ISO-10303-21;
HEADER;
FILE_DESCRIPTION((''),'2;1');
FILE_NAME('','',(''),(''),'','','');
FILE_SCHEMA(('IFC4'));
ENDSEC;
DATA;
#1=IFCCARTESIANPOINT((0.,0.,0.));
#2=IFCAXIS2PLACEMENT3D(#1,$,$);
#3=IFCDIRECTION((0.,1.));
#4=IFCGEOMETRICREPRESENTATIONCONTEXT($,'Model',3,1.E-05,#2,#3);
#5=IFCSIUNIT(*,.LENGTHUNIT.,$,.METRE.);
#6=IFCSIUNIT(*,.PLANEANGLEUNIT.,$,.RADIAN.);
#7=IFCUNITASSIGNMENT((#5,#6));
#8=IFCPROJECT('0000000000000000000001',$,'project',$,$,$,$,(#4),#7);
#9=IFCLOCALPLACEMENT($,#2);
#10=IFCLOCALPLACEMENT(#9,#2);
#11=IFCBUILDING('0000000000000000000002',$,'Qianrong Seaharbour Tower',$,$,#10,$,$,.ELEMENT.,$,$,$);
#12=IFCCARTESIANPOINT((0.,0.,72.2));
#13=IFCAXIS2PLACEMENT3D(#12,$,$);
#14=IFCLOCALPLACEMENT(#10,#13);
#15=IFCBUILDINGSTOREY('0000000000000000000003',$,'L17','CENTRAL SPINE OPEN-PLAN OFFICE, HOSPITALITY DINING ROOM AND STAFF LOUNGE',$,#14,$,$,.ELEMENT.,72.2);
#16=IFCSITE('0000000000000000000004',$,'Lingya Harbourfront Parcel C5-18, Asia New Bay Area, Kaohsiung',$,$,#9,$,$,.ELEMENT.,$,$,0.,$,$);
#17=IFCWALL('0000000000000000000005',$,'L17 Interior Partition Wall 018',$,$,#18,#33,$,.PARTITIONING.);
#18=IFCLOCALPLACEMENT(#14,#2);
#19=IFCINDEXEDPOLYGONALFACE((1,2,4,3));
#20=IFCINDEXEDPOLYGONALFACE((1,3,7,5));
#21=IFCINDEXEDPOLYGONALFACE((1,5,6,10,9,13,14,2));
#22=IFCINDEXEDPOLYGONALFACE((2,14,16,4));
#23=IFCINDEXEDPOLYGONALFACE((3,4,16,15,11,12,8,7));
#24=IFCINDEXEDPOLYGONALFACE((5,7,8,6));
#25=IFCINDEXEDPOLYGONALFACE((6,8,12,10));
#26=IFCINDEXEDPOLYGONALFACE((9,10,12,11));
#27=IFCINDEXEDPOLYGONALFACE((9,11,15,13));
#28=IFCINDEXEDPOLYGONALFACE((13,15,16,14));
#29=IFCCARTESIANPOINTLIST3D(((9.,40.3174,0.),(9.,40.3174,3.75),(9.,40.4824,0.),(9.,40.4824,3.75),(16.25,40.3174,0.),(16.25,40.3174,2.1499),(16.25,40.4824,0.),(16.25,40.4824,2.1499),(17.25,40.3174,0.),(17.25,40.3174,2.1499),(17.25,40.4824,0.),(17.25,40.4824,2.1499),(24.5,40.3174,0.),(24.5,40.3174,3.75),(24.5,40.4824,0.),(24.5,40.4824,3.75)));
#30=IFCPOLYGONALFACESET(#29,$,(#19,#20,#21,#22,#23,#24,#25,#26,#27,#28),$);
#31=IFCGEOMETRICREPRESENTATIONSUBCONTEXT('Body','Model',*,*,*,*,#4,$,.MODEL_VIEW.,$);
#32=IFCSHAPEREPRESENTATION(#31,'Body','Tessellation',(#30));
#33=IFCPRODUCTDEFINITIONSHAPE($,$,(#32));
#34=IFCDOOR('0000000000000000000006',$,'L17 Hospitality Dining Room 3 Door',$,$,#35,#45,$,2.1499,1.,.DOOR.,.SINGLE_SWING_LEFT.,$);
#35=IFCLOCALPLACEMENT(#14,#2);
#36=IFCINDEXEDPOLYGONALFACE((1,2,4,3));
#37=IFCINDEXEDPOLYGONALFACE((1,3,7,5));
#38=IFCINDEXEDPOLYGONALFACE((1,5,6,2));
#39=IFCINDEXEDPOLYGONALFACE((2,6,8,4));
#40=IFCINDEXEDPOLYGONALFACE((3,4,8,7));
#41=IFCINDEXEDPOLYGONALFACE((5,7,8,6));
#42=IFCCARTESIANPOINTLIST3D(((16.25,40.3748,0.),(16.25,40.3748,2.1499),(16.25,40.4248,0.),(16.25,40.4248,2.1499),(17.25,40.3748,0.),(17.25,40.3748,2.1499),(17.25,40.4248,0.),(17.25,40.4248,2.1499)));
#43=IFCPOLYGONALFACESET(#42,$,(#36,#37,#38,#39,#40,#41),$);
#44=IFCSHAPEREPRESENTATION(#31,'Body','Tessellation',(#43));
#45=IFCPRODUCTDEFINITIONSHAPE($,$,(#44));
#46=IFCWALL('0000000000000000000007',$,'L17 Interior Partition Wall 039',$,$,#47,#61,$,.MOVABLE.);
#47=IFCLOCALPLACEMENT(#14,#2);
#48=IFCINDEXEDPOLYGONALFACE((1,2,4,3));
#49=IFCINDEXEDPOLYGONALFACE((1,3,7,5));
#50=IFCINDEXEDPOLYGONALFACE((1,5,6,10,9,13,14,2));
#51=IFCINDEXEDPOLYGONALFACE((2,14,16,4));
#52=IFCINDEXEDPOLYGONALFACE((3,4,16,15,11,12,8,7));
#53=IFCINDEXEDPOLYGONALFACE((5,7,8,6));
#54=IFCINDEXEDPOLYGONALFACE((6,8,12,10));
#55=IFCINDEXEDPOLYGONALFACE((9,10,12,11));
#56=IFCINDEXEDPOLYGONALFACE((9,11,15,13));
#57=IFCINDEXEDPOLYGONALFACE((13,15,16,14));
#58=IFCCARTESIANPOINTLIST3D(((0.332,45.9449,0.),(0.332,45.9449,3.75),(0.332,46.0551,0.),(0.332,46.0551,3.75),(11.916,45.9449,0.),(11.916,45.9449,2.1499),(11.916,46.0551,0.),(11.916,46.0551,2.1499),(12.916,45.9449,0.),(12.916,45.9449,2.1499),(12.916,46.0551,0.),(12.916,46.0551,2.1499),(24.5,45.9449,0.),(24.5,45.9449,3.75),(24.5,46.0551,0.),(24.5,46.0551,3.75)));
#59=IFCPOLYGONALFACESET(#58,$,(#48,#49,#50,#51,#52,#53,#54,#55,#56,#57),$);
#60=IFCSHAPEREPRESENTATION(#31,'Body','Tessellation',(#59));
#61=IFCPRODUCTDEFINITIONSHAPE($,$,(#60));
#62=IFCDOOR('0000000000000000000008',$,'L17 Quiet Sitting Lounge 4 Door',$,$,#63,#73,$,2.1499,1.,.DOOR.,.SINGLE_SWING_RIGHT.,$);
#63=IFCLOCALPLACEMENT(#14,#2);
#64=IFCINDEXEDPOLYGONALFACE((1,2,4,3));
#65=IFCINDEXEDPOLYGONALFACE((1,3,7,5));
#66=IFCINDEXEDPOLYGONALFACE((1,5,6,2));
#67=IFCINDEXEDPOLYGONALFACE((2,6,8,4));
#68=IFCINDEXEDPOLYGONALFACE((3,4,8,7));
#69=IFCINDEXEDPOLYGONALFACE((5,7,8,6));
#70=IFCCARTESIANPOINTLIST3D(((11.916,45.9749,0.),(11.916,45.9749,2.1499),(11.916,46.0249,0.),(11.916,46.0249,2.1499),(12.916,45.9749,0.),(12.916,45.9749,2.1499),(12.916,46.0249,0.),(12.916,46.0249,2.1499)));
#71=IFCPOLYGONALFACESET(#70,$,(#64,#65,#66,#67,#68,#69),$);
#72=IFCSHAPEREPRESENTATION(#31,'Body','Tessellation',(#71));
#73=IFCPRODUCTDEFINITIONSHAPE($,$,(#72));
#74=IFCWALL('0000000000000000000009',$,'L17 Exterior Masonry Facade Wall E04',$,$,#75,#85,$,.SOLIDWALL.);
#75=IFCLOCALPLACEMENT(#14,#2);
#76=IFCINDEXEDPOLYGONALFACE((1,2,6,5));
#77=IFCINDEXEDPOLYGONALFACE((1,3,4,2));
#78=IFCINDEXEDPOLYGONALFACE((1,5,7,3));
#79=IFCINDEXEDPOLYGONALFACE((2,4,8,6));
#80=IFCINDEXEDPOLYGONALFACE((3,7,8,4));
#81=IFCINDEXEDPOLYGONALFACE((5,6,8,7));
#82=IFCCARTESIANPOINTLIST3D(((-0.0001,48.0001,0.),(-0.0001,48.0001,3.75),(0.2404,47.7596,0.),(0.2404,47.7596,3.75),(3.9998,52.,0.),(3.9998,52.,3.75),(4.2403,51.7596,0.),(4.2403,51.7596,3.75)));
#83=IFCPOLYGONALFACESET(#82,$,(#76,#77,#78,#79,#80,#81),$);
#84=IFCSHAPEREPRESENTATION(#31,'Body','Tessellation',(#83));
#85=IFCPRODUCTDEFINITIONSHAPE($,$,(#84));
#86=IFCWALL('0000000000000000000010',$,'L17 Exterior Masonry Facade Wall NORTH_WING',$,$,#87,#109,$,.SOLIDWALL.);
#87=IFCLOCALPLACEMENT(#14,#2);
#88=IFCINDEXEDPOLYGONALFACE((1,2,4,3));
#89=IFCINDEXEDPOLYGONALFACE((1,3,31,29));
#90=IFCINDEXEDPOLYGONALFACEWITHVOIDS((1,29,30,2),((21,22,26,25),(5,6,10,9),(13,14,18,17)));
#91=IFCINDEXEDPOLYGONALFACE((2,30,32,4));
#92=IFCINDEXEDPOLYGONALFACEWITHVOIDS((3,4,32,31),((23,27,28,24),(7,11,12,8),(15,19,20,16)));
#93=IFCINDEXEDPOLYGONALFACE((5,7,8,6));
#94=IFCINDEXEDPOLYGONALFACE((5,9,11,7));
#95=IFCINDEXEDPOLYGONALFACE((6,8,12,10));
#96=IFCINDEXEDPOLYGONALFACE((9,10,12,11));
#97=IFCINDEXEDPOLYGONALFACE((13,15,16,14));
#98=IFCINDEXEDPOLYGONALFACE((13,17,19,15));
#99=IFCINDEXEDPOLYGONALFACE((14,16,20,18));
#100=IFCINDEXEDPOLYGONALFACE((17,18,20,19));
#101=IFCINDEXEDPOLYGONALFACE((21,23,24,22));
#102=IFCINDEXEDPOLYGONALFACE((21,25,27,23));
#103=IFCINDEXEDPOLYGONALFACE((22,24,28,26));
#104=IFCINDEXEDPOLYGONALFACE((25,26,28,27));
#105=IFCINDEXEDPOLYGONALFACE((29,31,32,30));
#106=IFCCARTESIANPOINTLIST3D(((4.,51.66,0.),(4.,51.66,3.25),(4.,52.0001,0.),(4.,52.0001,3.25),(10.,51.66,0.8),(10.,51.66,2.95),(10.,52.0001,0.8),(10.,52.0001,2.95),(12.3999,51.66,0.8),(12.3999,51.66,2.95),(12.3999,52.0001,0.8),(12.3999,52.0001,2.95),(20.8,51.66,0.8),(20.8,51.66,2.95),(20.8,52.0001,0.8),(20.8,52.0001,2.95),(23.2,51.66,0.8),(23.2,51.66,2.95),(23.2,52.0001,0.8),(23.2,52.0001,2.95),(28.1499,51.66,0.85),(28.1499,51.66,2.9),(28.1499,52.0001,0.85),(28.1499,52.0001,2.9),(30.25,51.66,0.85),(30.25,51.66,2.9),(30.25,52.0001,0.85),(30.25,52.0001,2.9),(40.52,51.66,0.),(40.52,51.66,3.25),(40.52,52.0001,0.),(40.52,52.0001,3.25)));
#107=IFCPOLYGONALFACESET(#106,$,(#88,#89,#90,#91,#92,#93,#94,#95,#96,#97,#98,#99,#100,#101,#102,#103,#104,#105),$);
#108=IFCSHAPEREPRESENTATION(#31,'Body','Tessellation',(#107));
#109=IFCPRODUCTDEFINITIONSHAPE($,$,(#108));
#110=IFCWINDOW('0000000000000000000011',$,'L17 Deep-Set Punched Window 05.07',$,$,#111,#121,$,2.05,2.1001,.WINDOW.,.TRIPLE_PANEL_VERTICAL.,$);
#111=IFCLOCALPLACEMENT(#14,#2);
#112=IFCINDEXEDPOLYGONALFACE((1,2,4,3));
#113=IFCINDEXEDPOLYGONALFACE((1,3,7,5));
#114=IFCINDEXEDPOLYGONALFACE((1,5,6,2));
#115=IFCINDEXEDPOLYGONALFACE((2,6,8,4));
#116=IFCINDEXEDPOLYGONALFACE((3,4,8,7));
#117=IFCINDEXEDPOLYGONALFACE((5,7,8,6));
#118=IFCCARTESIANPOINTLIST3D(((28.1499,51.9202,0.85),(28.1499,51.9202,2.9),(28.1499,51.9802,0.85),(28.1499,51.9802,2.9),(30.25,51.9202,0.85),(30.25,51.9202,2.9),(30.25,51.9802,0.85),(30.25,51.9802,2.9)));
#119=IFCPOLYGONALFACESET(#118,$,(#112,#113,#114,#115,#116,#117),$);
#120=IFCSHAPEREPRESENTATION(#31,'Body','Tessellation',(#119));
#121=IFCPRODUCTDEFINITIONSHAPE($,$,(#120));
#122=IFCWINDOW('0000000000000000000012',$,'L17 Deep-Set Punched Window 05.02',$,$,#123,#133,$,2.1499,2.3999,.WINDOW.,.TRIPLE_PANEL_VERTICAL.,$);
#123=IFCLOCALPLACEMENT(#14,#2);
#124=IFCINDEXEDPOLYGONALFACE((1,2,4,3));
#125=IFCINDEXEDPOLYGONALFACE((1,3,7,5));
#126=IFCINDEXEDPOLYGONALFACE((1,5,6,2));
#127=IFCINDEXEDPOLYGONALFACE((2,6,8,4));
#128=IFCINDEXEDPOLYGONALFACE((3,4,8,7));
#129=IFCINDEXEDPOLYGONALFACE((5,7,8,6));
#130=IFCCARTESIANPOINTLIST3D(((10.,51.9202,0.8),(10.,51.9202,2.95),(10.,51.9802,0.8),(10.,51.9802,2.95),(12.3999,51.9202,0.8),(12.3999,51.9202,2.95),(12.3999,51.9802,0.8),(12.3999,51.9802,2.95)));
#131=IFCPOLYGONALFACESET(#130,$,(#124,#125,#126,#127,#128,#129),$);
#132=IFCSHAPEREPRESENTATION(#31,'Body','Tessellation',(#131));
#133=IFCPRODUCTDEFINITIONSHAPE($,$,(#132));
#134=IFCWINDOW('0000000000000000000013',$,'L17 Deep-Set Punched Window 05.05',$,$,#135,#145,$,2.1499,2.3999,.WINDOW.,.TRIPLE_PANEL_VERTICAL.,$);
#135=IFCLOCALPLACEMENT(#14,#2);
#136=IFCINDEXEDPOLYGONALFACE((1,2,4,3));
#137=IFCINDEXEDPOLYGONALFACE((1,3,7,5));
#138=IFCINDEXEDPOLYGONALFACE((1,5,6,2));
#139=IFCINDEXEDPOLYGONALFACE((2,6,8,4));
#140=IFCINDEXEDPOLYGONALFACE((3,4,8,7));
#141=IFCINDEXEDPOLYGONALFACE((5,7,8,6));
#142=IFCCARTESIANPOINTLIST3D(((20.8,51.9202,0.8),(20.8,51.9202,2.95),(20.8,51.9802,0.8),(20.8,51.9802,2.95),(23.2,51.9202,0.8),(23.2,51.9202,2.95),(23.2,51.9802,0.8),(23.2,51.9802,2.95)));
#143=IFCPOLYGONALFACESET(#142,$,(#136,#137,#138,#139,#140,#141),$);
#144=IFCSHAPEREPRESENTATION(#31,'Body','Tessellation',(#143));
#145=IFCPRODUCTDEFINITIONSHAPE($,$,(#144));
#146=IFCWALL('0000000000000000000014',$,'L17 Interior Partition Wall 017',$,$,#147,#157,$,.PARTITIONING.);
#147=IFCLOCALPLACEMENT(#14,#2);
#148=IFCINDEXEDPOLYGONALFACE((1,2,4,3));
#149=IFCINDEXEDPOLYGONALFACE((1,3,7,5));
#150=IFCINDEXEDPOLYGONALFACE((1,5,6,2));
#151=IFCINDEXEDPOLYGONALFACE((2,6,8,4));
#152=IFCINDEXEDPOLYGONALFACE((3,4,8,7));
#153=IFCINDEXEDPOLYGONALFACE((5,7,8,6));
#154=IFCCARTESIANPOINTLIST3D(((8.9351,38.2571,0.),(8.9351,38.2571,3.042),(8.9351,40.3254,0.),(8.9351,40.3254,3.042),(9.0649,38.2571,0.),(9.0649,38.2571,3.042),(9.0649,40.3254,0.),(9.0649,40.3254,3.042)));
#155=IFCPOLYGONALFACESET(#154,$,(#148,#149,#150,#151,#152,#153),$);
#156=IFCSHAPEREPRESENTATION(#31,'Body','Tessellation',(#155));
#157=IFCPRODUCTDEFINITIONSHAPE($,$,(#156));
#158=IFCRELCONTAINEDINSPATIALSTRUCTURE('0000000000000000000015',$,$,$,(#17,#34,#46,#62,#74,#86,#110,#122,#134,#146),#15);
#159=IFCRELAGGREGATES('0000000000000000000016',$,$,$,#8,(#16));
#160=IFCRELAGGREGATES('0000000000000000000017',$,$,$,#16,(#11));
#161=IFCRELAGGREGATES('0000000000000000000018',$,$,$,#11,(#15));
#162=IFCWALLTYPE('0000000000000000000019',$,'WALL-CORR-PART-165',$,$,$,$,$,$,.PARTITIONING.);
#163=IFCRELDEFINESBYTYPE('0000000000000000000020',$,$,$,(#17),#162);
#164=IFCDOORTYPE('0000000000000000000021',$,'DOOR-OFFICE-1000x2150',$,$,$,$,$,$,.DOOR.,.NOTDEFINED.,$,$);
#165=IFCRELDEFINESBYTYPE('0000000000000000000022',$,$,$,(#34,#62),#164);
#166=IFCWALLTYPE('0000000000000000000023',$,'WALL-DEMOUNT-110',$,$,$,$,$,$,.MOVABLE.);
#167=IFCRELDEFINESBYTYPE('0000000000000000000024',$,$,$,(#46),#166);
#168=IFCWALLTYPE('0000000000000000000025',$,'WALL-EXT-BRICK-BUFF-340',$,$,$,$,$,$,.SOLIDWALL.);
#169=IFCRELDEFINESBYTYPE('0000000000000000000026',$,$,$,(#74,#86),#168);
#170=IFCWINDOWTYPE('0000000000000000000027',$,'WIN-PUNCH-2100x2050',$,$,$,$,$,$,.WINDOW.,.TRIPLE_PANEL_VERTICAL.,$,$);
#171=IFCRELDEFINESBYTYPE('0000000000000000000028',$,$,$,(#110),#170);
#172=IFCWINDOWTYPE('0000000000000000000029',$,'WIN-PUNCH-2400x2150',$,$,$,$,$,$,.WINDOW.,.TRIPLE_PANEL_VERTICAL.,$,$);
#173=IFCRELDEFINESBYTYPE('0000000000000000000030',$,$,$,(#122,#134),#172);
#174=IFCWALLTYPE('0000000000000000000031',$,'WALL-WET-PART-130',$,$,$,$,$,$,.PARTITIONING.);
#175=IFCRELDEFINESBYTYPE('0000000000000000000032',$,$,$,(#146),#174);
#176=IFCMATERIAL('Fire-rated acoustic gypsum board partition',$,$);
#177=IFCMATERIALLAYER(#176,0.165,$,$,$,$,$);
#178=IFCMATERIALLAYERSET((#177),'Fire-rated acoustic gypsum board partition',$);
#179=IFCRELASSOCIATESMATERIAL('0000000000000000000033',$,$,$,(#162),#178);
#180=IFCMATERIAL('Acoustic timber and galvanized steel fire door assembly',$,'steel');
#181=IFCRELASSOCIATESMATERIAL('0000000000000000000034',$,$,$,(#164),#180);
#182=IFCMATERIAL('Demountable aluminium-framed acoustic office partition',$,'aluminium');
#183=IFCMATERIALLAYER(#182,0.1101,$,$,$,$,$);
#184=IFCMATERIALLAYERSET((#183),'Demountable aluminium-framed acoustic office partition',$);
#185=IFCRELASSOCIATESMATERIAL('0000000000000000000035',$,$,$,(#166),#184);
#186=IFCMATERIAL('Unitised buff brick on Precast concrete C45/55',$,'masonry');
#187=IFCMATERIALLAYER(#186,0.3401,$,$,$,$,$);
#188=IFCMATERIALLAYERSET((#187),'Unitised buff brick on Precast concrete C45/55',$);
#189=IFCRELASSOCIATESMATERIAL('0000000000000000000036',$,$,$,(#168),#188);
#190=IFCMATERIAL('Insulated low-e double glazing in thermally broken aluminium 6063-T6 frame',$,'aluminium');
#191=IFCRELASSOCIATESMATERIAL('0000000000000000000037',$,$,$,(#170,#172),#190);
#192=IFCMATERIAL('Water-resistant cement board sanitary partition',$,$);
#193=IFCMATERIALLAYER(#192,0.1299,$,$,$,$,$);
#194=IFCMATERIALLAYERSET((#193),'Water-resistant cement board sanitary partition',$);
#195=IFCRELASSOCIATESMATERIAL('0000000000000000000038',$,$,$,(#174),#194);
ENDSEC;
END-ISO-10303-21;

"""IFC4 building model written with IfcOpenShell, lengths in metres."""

from ifc_helpers import new_model, si_unit, direction, frame, frame_2d, origin, place, context, subcontext, project, spatial, rectangle, extrude, material, layer, layer_set, type_object, element, fill, save


model = new_model("IFC4")

# Units and contexts
model_context = context("Model", 3, precision=1e-05, world=origin(), true_north=direction((0.0, 1.0)))
body_context = subcontext(model_context, "Body", "Model", "MODEL_VIEW")
ifc_project = project(units=[si_unit("LENGTHUNIT", "METRE"), si_unit("PLANEANGLEUNIT", "RADIAN")], contexts=[model_context])

# Site, building, storey
site_placement = place(None, origin())
site = spatial("IfcSite", under=ifc_project, at=site_placement, Name="Lingya Harbourfront Parcel C5-18, Asia New Bay Area, Kaohsiung", CompositionType="ELEMENT", RefElevation=0.0)
building_placement = place(site_placement, origin())
building = spatial("IfcBuilding", under=site, at=building_placement, Name="Qianrong Seaharbour Tower", CompositionType="ELEMENT")
storey_placement = place(building_placement, frame((0.0, 0.0, 72.2)))
storey = spatial("IfcBuildingStorey", under=building, at=storey_placement, Name="L17", Description="CENTRAL SPINE OPEN-PLAN OFFICE, HOSPITALITY DINING ROOM AND STAFF LOUNGE", CompositionType="ELEMENT", Elevation=72.2)

# Walls, openings, doors
ifc_material_1 = material(Name="Fire-rated acoustic gypsum board partition")
ifc_layer_1 = layer(ifc_material_1, 0.165)
ifc_layer_set_1 = layer_set([ifc_layer_1], Name="Fire-rated acoustic gypsum board partition")
wall_type_1 = type_object("IfcWallType", Name="WALL-CORR-PART-165", PredefinedType="PARTITIONING", material=ifc_layer_set_1)
wall_1_placement = place(storey_placement, frame((9.0, 40.3999, 0.0), z_axis=(0.0, 0.0, 1.0), x_axis=(1.0, 0.0, 0.0)))
wall_1 = element("IfcWall", 1, at=wall_1_placement, inside=storey, type_object=wall_type_1, Name="L17 Interior Partition Wall 018", PredefinedType="PARTITIONING", context=body_context, shape_type="SweptSolid", body=[
    extrude(rectangle(XDim=15.5, YDim=0.165, at=frame_2d((7.75, 0.0))), origin(), (0.0, 0.0, 1.0), 3.75),
])
opening_1_placement = place(wall_1_placement, frame((7.25, 0.0, 0.0)))
opening_1 = element("IfcOpeningElement", 2, at=opening_1_placement, cuts=wall_1, PredefinedType="OPENING", context=body_context, shape_type="SweptSolid", body=[
    extrude(rectangle(XDim=1.0, YDim=2.1499, at=frame_2d((0.5, 1.075))), frame((0.0, 0.0925, 0.0), z_axis=(0.0, -1.0, 0.0), x_axis=(1.0, 0.0, 0.0)), (0.0, 0.0, 1.0), 0.1851),
])
ifc_material_2 = material(Name="Acoustic timber and galvanized steel fire door assembly", Category="steel")
door_type = type_object("IfcDoorType", Name="DOOR-OFFICE-1000x2150", OperationType="NOTDEFINED", PredefinedType="DOOR", material=ifc_material_2)
door_1_placement = place(opening_1_placement, origin())
door_1 = element("IfcDoor", 3, at=door_1_placement, inside=storey, type_object=door_type, Name="L17 Hospitality Dining Room 3 Door", OperationType="SINGLE_SWING_LEFT", OverallHeight=2.1499, OverallWidth=1.0, PredefinedType="DOOR", context=body_context, shape_type="SweptSolid", body=[
    extrude(rectangle(XDim=1.0, YDim=2.1499, at=frame_2d((0.5, 1.075))), frame((0.0, 0.0249, 0.0), z_axis=(0.0, -1.0, 0.0), x_axis=(1.0, 0.0, 0.0)), (0.0, 0.0, 1.0), 0.05),
])
fill(opening_1, door_1)
ifc_material_3 = material(Name="Demountable aluminium-framed acoustic office partition", Category="aluminium")
ifc_layer_2 = layer(ifc_material_3, 0.1101)
ifc_layer_set_2 = layer_set([ifc_layer_2], Name="Demountable aluminium-framed acoustic office partition")
wall_type_2 = type_object("IfcWallType", Name="WALL-DEMOUNT-110", PredefinedType="MOVABLE", material=ifc_layer_set_2)
wall_2_placement = place(storey_placement, frame((0.332, 46.0, 0.0), z_axis=(0.0, 0.0, 1.0), x_axis=(1.0, 0.0, 0.0)))
wall_2 = element("IfcWall", 4, at=wall_2_placement, inside=storey, type_object=wall_type_2, Name="L17 Interior Partition Wall 039", PredefinedType="MOVABLE", context=body_context, shape_type="SweptSolid", body=[
    extrude(rectangle(XDim=24.168, YDim=0.1101, at=frame_2d((12.084, 0.0))), origin(), (0.0, 0.0, 1.0), 3.75),
])
opening_2_placement = place(wall_2_placement, frame((11.584, 0.0, 0.0)))
opening_2 = element("IfcOpeningElement", 5, at=opening_2_placement, cuts=wall_2, PredefinedType="OPENING", context=body_context, shape_type="SweptSolid", body=[
    extrude(rectangle(XDim=1.0, YDim=2.1499, at=frame_2d((0.5, 1.075))), frame((0.0, 0.0649, 0.0), z_axis=(0.0, -1.0, 0.0), x_axis=(1.0, 0.0, 0.0)), (0.0, 0.0, 1.0), 0.1301),
])
door_2_placement = place(opening_2_placement, origin())
door_2 = element("IfcDoor", 6, at=door_2_placement, inside=storey, type_object=door_type, Name="L17 Quiet Sitting Lounge 4 Door", OperationType="SINGLE_SWING_RIGHT", OverallHeight=2.1499, OverallWidth=1.0, PredefinedType="DOOR", context=body_context, shape_type="SweptSolid", body=[
    extrude(rectangle(XDim=1.0, YDim=2.1499, at=frame_2d((0.5, 1.075))), frame((0.0, 0.0249, 0.0), z_axis=(0.0, -1.0, 0.0), x_axis=(1.0, 0.0, 0.0)), (0.0, 0.0, 1.0), 0.05),
])
fill(opening_2, door_2)

# Wall
ifc_material_4 = material(Name="Unitised buff brick on Precast concrete C45/55", Category="masonry")
ifc_layer_3 = layer(ifc_material_4, 0.3401)
ifc_layer_set_3 = layer_set([ifc_layer_3], Name="Unitised buff brick on Precast concrete C45/55")
wall_type_3 = type_object("IfcWallType", Name="WALL-EXT-BRICK-BUFF-340", PredefinedType="SOLIDWALL", material=ifc_layer_set_3)
wall_3_placement = place(storey_placement, frame((0.1201, 47.8799, 0.0), z_axis=(0.0, 0.0, 1.0), x_axis=(0.707107, 0.707107, 0.0)))
element("IfcWall", 7, at=wall_3_placement, inside=storey, type_object=wall_type_3, Name="L17 Exterior Masonry Facade Wall E04", PredefinedType="SOLIDWALL", context=body_context, shape_type="SweptSolid", body=[
    extrude(rectangle(XDim=5.6567, YDim=0.3401, at=frame_2d((2.8284, 0.0))), origin(), (0.0, 0.0, 1.0), 3.75),
])

# Wall, openings, windows
wall_4_placement = place(storey_placement, frame((4.0, 51.8301, 0.0), z_axis=(0.0, 0.0, 1.0), x_axis=(1.0, 0.0, 0.0)))
wall_4 = element("IfcWall", 8, at=wall_4_placement, inside=storey, type_object=wall_type_3, Name="L17 Exterior Masonry Facade Wall NORTH_WING", PredefinedType="SOLIDWALL", context=body_context, shape_type="SweptSolid", body=[
    extrude(rectangle(XDim=36.52, YDim=0.3401, at=frame_2d((18.26, 0.0))), origin(), (0.0, 0.0, 1.0), 3.25),
])
opening_3_placement = place(wall_4_placement, frame((6.0, 0.0, 0.8)))
opening_3 = element("IfcOpeningElement", 9, at=opening_3_placement, cuts=wall_4, PredefinedType="OPENING", context=body_context, shape_type="SweptSolid", body=[
    extrude(rectangle(XDim=2.3999, YDim=2.1499, at=frame_2d((1.2, 1.075))), frame((0.0, 0.1802, 0.0), z_axis=(0.0, -1.0, 0.0), x_axis=(1.0, 0.0, 0.0)), (0.0, 0.0, 1.0), 0.3601),
])
opening_4_placement = place(wall_4_placement, frame((16.8, 0.0, 0.8)))
opening_4 = element("IfcOpeningElement", 10, at=opening_4_placement, cuts=wall_4, PredefinedType="OPENING", context=body_context, shape_type="SweptSolid", body=[
    extrude(rectangle(XDim=2.3999, YDim=2.1499, at=frame_2d((1.2, 1.075))), frame((0.0, 0.1802, 0.0), z_axis=(0.0, -1.0, 0.0), x_axis=(1.0, 0.0, 0.0)), (0.0, 0.0, 1.0), 0.3601),
])
opening_5_placement = place(wall_4_placement, frame((24.1499, 0.0, 0.8501)))
opening_5 = element("IfcOpeningElement", 11, at=opening_5_placement, cuts=wall_4, PredefinedType="OPENING", context=body_context, shape_type="SweptSolid", body=[
    extrude(rectangle(XDim=2.1001, YDim=2.05, at=frame_2d((1.05, 1.0249))), frame((0.0, 0.1802, 0.0), z_axis=(0.0, -1.0, 0.0), x_axis=(1.0, 0.0, 0.0)), (0.0, 0.0, 1.0), 0.3601),
])
ifc_material_5 = material(Name="Insulated low-e double glazing in thermally broken aluminium 6063-T6 frame", Category="aluminium")
window_type_1 = type_object("IfcWindowType", Name="WIN-PUNCH-2100x2050", PartitioningType="TRIPLE_PANEL_VERTICAL", PredefinedType="WINDOW", material=ifc_material_5)
window_1_placement = place(opening_5_placement, origin())
window_1 = element("IfcWindow", 12, at=window_1_placement, inside=storey, type_object=window_type_1, Name="L17 Deep-Set Punched Window 05.07", OverallHeight=2.05, OverallWidth=2.1001, PartitioningType="TRIPLE_PANEL_VERTICAL", PredefinedType="WINDOW", context=body_context, shape_type="SweptSolid", body=[
    extrude(rectangle(XDim=2.1001, YDim=2.05, at=frame_2d((1.05, 1.0249))), frame((0.0, 0.1501, 0.0), z_axis=(0.0, -1.0, 0.0), x_axis=(1.0, 0.0, 0.0)), (0.0, 0.0, 1.0), 0.0601),
])
fill(opening_5, window_1)
window_type_2 = type_object("IfcWindowType", Name="WIN-PUNCH-2400x2150", PartitioningType="TRIPLE_PANEL_VERTICAL", PredefinedType="WINDOW", material=ifc_material_5)
window_2_placement = place(opening_3_placement, origin())
window_2 = element("IfcWindow", 13, at=window_2_placement, inside=storey, type_object=window_type_2, Name="L17 Deep-Set Punched Window 05.02", OverallHeight=2.1499, OverallWidth=2.3999, PartitioningType="TRIPLE_PANEL_VERTICAL", PredefinedType="WINDOW", context=body_context, shape_type="SweptSolid", body=[
    extrude(rectangle(XDim=2.3999, YDim=2.1499, at=frame_2d((1.2, 1.075))), frame((0.0, 0.1501, 0.0), z_axis=(0.0, -1.0, 0.0), x_axis=(1.0, 0.0, 0.0)), (0.0, 0.0, 1.0), 0.0601),
])
fill(opening_3, window_2)
window_3_placement = place(opening_4_placement, origin())
window_3 = element("IfcWindow", 14, at=window_3_placement, inside=storey, type_object=window_type_2, Name="L17 Deep-Set Punched Window 05.05", OverallHeight=2.1499, OverallWidth=2.3999, PartitioningType="TRIPLE_PANEL_VERTICAL", PredefinedType="WINDOW", context=body_context, shape_type="SweptSolid", body=[
    extrude(rectangle(XDim=2.3999, YDim=2.1499, at=frame_2d((1.2, 1.075))), frame((0.0, 0.1501, 0.0), z_axis=(0.0, -1.0, 0.0), x_axis=(1.0, 0.0, 0.0)), (0.0, 0.0, 1.0), 0.0601),
])
fill(opening_4, window_3)

# Wall
ifc_material_6 = material(Name="Water-resistant cement board sanitary partition")
ifc_layer_4 = layer(ifc_material_6, 0.1299)
ifc_layer_set_4 = layer_set([ifc_layer_4], Name="Water-resistant cement board sanitary partition")
wall_type_4 = type_object("IfcWallType", Name="WALL-WET-PART-130", PredefinedType="PARTITIONING", material=ifc_layer_set_4)
wall_5_placement = place(storey_placement, frame((9.0, 38.2571, 0.0), z_axis=(0.0, 0.0, 1.0), x_axis=(0.0, 1.0, 0.0)))
element("IfcWall", 15, at=wall_5_placement, inside=storey, type_object=wall_type_4, Name="L17 Interior Partition Wall 017", PredefinedType="PARTITIONING", context=body_context, shape_type="SweptSolid", body=[
    extrude(rectangle(XDim=2.0684, YDim=0.1299, at=frame_2d((1.0342, 0.0))), origin(), (0.0, 0.0, 1.0), 3.042),
])

save(model, "model.ifc")
